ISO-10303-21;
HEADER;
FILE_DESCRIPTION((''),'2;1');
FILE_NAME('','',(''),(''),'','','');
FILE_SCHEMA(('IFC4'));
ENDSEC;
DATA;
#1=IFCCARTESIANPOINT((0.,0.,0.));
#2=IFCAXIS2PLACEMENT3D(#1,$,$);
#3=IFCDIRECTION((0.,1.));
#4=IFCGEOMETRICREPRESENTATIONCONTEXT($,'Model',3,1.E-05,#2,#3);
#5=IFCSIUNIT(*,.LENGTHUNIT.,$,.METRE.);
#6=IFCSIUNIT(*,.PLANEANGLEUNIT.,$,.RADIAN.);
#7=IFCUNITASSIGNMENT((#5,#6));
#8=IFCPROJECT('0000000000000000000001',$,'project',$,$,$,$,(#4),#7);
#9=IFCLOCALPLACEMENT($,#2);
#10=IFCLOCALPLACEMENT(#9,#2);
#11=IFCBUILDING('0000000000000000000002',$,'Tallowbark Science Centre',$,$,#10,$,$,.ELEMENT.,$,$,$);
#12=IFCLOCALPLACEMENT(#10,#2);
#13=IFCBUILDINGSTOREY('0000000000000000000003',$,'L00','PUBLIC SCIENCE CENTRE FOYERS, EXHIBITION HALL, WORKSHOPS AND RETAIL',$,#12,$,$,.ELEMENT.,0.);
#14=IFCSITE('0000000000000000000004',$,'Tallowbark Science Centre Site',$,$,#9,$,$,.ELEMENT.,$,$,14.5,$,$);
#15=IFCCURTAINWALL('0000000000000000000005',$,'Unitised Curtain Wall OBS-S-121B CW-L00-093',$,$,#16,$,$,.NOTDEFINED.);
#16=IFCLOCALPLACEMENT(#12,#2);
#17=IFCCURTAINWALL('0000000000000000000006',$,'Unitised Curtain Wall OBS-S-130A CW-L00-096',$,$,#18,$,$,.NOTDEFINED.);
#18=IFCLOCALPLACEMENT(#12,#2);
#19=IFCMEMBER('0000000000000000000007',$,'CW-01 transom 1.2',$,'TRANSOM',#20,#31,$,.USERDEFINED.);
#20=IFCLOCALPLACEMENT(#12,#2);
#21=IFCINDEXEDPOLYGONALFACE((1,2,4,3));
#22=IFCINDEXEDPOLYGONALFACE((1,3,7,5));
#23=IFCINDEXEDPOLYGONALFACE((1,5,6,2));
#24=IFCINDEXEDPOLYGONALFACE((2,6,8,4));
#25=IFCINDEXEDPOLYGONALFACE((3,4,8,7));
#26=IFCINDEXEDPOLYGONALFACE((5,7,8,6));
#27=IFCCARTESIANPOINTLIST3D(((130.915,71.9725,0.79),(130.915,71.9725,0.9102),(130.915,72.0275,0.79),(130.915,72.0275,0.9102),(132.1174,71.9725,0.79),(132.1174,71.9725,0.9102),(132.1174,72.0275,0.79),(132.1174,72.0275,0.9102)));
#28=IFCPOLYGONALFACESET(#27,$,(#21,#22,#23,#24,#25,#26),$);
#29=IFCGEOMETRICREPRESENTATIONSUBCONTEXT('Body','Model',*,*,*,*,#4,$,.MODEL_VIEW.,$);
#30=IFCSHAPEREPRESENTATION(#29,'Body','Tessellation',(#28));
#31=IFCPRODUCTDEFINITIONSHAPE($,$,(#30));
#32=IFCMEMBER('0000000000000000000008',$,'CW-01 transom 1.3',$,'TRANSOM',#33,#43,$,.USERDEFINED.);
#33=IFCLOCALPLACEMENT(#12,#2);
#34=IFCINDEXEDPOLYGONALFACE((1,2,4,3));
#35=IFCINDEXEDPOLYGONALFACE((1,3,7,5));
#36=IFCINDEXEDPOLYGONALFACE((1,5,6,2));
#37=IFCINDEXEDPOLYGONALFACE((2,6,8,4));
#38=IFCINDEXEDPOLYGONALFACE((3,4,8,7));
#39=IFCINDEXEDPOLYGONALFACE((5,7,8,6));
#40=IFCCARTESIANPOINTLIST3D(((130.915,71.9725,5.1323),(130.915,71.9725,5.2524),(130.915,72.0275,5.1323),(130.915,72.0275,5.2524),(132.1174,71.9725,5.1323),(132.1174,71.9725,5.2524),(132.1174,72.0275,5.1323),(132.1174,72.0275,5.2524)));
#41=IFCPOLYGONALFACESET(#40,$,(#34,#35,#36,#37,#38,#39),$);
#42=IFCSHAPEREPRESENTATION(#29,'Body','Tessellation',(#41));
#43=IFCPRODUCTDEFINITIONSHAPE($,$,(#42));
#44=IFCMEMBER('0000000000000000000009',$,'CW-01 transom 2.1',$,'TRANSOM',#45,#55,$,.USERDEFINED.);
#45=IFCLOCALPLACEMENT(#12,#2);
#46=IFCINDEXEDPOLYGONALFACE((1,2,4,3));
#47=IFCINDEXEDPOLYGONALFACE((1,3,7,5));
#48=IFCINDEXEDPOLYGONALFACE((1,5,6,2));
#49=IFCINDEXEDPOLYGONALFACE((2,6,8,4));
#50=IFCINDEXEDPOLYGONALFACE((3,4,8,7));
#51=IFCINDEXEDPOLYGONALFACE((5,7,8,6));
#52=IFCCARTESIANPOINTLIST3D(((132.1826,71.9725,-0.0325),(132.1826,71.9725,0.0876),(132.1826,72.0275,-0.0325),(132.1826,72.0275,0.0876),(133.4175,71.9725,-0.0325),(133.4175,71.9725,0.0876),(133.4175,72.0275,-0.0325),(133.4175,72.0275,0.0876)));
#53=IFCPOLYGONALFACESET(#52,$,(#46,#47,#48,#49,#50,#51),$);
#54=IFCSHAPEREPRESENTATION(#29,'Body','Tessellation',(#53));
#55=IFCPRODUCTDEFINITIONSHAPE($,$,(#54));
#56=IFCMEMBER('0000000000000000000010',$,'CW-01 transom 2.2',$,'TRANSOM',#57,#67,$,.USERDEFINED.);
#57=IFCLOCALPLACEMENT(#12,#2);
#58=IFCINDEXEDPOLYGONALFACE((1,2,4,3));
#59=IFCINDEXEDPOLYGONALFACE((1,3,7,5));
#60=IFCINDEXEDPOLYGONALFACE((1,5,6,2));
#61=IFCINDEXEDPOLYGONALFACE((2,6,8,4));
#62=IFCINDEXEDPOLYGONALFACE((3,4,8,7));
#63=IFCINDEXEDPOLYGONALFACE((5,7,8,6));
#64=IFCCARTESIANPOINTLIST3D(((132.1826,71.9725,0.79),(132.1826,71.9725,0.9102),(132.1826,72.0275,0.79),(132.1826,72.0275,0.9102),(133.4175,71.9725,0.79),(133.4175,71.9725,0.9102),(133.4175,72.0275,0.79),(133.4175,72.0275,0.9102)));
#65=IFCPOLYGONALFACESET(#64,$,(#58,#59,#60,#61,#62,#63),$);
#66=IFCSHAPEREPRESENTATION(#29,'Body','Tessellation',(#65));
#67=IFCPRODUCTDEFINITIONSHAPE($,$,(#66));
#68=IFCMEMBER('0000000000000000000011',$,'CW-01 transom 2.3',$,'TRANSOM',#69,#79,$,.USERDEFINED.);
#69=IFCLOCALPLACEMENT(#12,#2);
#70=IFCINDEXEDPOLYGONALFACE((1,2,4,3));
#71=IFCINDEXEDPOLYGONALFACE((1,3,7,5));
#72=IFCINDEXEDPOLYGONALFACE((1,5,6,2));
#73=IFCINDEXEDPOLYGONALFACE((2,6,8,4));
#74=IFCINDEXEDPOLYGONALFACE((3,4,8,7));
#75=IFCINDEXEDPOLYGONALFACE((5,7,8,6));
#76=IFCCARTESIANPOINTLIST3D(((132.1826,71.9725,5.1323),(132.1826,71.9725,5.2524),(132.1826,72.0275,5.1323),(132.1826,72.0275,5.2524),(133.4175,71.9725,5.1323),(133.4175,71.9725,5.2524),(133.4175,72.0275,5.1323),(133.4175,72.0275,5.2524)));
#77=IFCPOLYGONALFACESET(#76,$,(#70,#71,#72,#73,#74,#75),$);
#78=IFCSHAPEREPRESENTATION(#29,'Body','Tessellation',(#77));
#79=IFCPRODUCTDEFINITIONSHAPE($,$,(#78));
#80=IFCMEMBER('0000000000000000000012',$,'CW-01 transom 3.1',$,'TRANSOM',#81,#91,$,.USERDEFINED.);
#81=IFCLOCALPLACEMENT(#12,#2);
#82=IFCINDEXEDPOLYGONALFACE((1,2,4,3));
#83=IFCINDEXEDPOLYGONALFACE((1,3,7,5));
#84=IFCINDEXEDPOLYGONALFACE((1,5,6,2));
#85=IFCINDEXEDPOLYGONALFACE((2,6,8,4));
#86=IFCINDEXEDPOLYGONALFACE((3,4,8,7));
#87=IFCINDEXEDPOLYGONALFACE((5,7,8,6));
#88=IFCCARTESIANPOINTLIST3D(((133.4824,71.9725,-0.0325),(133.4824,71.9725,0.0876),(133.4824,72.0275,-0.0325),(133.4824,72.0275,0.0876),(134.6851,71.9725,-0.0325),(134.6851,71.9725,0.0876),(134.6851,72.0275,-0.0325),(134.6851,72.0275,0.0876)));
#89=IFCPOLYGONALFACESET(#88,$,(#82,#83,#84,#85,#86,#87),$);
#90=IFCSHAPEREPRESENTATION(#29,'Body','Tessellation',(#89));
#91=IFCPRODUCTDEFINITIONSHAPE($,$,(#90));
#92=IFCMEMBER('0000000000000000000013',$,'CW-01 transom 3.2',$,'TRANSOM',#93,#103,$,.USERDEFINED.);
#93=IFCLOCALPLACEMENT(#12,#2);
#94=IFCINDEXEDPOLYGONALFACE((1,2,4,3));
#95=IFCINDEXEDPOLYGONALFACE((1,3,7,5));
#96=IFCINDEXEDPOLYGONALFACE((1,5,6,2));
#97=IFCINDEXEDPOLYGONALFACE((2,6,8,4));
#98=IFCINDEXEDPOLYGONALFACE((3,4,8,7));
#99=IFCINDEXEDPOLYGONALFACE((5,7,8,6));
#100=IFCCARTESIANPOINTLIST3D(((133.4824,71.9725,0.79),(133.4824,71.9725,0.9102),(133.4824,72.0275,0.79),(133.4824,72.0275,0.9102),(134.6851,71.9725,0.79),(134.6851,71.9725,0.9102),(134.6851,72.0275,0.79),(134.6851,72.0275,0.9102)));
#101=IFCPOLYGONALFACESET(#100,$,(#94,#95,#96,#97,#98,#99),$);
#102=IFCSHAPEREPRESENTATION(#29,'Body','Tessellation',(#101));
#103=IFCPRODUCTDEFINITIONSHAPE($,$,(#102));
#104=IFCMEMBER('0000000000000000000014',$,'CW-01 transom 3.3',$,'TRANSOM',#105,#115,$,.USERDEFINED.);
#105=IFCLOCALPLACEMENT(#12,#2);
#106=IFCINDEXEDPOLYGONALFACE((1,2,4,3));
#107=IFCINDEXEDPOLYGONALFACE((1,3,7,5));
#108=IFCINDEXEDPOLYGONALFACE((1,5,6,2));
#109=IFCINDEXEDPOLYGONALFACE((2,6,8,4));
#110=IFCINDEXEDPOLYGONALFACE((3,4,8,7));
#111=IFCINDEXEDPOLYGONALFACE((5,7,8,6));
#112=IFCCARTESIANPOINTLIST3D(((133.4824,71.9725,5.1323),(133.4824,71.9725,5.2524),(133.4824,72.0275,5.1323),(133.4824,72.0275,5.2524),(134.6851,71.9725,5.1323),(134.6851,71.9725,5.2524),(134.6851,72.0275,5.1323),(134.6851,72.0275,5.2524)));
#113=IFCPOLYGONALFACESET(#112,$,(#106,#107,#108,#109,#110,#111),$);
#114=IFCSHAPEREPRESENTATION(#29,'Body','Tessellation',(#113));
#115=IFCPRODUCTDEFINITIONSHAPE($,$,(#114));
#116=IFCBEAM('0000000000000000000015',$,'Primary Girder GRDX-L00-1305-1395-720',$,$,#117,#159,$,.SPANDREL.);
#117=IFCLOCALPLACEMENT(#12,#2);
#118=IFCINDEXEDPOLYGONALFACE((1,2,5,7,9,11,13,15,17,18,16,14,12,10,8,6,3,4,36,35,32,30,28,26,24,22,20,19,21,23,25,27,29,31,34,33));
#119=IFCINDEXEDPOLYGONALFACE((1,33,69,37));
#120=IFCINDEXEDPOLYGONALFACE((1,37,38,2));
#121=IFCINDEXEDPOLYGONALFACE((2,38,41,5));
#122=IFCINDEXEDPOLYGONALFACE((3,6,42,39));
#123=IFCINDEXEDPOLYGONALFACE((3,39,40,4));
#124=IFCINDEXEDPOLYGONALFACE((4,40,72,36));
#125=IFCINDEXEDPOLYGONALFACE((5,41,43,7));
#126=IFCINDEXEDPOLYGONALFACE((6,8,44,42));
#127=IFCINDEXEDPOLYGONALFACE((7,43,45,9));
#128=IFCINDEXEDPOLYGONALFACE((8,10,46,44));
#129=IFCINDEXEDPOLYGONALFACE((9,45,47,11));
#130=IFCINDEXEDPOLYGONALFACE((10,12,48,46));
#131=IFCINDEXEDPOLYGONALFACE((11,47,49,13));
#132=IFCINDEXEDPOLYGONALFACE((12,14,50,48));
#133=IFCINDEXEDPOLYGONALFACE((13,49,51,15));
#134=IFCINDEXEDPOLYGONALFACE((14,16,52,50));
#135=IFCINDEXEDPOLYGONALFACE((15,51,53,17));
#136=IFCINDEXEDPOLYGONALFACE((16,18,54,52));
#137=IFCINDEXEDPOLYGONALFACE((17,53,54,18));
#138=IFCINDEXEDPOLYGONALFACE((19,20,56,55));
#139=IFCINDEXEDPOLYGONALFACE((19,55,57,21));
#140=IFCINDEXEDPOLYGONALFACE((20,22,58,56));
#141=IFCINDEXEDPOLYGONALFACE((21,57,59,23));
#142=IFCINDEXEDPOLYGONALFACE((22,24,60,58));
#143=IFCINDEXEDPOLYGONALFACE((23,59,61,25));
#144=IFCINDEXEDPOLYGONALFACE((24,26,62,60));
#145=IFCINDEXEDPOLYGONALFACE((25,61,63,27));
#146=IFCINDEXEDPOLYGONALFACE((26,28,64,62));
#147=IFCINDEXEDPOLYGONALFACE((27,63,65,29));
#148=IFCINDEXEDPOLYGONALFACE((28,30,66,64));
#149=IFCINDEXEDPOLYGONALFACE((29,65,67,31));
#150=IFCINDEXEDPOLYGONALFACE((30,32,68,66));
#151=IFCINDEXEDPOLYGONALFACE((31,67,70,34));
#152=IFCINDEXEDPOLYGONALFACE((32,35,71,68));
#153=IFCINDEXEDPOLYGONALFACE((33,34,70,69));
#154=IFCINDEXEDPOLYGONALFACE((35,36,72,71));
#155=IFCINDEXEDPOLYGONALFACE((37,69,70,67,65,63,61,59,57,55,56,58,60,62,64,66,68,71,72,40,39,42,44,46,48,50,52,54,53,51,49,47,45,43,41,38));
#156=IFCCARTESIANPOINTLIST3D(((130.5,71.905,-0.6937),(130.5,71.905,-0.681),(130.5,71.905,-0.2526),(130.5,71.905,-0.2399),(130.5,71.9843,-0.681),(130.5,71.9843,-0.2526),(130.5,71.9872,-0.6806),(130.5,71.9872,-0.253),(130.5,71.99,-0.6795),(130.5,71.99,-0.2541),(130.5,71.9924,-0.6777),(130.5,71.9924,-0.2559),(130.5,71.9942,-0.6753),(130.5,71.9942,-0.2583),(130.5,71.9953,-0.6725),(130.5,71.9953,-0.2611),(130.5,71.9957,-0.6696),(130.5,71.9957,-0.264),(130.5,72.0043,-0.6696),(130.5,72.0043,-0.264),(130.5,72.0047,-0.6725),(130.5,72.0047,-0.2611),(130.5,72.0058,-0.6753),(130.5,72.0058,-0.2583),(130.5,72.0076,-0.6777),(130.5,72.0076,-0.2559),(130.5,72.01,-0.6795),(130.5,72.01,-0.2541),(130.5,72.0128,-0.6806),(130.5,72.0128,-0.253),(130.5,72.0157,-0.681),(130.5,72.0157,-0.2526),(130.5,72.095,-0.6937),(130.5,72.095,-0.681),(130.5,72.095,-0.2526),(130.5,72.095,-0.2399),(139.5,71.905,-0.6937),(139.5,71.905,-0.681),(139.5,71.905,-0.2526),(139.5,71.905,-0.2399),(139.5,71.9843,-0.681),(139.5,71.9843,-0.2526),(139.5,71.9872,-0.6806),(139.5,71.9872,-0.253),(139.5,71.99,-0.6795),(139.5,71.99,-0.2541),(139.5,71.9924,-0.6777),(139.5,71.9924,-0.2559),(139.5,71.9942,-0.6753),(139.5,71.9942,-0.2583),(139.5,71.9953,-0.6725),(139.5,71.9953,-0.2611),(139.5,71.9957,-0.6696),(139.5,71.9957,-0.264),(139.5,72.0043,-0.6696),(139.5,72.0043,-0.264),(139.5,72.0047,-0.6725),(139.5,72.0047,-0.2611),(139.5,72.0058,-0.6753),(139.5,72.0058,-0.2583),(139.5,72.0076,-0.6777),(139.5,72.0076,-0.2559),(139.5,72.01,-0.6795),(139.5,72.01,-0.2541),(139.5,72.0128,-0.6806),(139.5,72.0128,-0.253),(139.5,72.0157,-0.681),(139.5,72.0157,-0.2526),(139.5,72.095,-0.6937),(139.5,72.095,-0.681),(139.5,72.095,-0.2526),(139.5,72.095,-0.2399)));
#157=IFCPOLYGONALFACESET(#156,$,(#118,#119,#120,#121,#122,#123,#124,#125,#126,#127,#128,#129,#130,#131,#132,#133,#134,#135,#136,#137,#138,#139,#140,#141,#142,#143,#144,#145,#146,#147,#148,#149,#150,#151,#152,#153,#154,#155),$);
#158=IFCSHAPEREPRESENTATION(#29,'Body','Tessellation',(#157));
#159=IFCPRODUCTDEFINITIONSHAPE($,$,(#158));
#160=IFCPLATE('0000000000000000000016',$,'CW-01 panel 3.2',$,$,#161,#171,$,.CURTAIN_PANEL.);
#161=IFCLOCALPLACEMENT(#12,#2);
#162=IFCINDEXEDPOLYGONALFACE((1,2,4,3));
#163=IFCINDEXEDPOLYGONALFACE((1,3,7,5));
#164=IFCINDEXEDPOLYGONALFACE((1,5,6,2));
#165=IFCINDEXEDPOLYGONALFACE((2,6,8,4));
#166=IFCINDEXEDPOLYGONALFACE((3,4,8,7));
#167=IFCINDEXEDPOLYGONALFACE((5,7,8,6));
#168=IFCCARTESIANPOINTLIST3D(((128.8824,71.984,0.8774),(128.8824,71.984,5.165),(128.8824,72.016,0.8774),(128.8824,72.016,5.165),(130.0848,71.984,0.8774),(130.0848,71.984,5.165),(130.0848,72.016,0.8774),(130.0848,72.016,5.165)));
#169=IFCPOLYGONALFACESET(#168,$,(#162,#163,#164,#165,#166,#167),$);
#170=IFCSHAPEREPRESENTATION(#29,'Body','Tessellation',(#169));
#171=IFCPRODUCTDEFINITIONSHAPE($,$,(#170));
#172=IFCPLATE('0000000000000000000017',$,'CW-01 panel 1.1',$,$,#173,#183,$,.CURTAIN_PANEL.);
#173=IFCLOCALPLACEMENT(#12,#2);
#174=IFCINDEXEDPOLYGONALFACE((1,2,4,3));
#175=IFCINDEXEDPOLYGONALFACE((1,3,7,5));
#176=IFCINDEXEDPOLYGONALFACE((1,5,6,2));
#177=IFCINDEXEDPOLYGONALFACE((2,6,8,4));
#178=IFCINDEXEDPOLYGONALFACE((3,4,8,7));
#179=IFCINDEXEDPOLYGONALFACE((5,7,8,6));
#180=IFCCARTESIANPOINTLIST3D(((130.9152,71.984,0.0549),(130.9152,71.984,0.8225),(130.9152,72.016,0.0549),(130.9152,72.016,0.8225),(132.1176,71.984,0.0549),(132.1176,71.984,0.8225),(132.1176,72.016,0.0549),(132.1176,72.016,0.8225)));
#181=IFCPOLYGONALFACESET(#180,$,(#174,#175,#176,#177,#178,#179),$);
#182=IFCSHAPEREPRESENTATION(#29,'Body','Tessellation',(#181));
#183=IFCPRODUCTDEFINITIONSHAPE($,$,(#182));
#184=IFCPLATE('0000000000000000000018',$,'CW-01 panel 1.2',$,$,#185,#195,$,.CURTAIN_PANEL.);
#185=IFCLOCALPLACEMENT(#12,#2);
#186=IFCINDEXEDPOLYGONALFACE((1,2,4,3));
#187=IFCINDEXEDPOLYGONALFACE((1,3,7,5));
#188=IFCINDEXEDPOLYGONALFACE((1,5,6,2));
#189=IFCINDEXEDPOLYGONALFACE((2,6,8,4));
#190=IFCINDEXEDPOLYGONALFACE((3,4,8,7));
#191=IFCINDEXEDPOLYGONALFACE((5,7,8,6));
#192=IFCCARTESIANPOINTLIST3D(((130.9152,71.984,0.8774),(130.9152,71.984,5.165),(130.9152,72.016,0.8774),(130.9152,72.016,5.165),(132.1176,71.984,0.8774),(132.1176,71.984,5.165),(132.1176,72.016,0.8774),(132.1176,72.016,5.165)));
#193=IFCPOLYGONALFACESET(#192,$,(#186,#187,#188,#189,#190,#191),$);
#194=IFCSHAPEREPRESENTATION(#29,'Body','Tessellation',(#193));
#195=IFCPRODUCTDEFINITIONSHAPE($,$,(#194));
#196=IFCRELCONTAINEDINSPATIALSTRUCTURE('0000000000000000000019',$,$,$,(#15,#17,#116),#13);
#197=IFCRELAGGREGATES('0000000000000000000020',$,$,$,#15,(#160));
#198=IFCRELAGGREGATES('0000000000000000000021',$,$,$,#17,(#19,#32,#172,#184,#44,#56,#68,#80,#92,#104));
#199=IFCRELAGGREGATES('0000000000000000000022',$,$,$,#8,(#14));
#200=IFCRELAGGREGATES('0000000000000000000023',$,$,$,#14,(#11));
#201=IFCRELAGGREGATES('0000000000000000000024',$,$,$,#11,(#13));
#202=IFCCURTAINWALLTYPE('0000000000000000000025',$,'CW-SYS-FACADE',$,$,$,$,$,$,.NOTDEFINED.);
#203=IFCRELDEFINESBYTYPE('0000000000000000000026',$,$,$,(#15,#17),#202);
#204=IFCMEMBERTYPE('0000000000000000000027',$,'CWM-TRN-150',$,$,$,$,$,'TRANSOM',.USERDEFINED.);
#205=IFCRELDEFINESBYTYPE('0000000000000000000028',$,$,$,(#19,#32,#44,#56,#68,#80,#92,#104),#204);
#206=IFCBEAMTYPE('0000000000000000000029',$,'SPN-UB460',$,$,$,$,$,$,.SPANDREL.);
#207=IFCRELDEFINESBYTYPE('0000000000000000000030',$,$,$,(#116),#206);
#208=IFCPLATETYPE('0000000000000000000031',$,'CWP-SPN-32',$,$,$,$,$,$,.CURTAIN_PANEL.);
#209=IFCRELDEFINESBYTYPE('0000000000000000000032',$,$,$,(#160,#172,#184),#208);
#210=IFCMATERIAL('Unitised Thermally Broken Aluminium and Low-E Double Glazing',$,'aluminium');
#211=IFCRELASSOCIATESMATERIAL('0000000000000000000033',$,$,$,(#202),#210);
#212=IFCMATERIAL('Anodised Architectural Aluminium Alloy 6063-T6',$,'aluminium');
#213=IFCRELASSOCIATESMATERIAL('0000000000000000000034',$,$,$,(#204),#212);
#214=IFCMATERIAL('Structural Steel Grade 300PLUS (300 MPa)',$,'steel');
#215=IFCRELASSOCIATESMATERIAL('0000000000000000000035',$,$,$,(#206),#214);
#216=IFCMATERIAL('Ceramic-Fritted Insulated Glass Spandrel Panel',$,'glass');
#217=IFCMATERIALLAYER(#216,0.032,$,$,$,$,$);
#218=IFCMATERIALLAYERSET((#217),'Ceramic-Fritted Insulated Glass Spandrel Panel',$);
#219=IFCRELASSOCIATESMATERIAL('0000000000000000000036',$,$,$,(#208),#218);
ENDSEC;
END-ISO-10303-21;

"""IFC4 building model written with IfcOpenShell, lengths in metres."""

from ifc_helpers import new_model, si_unit, direction, frame, origin, origin_2d, place, context, subcontext, project, spatial, rectangle, i_section, extrude, material, layer, layer_set, material_profile, profile_set, type_object, element, aggregate, save


model = new_model("IFC4")

# Units and contexts
model_context = context("Model", 3, precision=1e-05, world=origin(), true_north=direction((0.0, 1.0)))
body_context = subcontext(model_context, "Body", "Model", "MODEL_VIEW")
ifc_project = project(units=[si_unit("LENGTHUNIT", "METRE"), si_unit("PLANEANGLEUNIT", "RADIAN")], contexts=[model_context])

# Site, building, storey
site_placement = place(None, origin())
site = spatial("IfcSite", under=ifc_project, at=site_placement, Name="Tallowbark Science Centre Site", CompositionType="ELEMENT", RefElevation=14.5)
building_placement = place(site_placement, origin())
building = spatial("IfcBuilding", under=site, at=building_placement, Name="Tallowbark Science Centre", CompositionType="ELEMENT")
storey_placement = place(building_placement, origin())
storey = spatial("IfcBuildingStorey", under=building, at=storey_placement, Name="L00", Description="PUBLIC SCIENCE CENTRE FOYERS, EXHIBITION HALL, WORKSHOPS AND RETAIL", CompositionType="ELEMENT", Elevation=0.0)

# Shared definitions
ifc_material_1 = material(Name="Structural Steel Grade 300PLUS (300 MPa)", Category="steel")

# Curtain wall
ifc_material_2 = material(Name="Unitised Thermally Broken Aluminium and Low-E Double Glazing", Category="aluminium")
curtain_wall_type = type_object("IfcCurtainWallType", Name="CW-SYS-FACADE", PredefinedType="NOTDEFINED", material=ifc_material_2)
curtain_wall_1_placement = place(storey_placement, origin())
curtain_wall_1 = element("IfcCurtainWall", 1, at=curtain_wall_1_placement, inside=storey, type_object=curtain_wall_type, Name="Unitised Curtain Wall OBS-S-121B CW-L00-093", PredefinedType="NOTDEFINED")
ifc_material_3 = material(Name="Anodised Architectural Aluminium Alloy 6063-T6", Category="aluminium")

# Curtain wall
curtain_wall_2_placement = place(storey_placement, origin())
curtain_wall_2 = element("IfcCurtainWall", 2, at=curtain_wall_2_placement, inside=storey, type_object=curtain_wall_type, Name="Unitised Curtain Wall OBS-S-130A CW-L00-096", PredefinedType="NOTDEFINED")

# Members
ifc_material_profile_1 = material_profile(ifc_material_3, rectangle(XDim=0.0549, YDim=0.1201, at=origin_2d()), Name="ALU55x120")
ifc_profile_set_1 = profile_set([ifc_material_profile_1], Name="Anodised Architectural Aluminium Alloy 6063-T6")
member_type_1 = type_object("IfcMemberType", Name="CWM-TRN-150", ElementType="TRANSOM", PredefinedType="USERDEFINED", material=ifc_profile_set_1)
member_1_placement = place(storey_placement, frame((130.915, 72.0, 0.8501), z_axis=(1.0, 0.0, 0.0), x_axis=(0.0, 1.0, 0.0)))
member_1 = element("IfcMember", 3, at=member_1_placement, type_object=member_type_1, Name="CW-01 transom 1.2", ObjectType="TRANSOM", PredefinedType="USERDEFINED", context=body_context, shape_type="SweptSolid", body=[
    extrude(rectangle(XDim=0.0549, YDim=0.1201, at=origin_2d()), origin(), (0.0, 0.0, 1.0), 1.2024),
])
member_2_placement = place(storey_placement, frame((130.915, 72.0, 5.1924), z_axis=(1.0, 0.0, 0.0), x_axis=(0.0, 1.0, 0.0)))
member_2 = element("IfcMember", 4, at=member_2_placement, type_object=member_type_1, Name="CW-01 transom 1.3", ObjectType="TRANSOM", PredefinedType="USERDEFINED", context=body_context, shape_type="SweptSolid", body=[
    extrude(rectangle(XDim=0.0549, YDim=0.1201, at=origin_2d()), origin(), (0.0, 0.0, 1.0), 1.2024),
])
member_3_placement = place(storey_placement, frame((132.1826, 72.0, 0.0276), z_axis=(1.0, 0.0, 0.0), x_axis=(0.0, 1.0, 0.0)))
member_3 = element("IfcMember", 5, at=member_3_placement, type_object=member_type_1, Name="CW-01 transom 2.1", ObjectType="TRANSOM", PredefinedType="USERDEFINED", context=body_context, shape_type="SweptSolid", body=[
    extrude(rectangle(XDim=0.0549, YDim=0.1201, at=origin_2d()), origin(), (0.0, 0.0, 1.0), 1.2349),
])
member_4_placement = place(storey_placement, frame((132.1826, 72.0, 0.8501), z_axis=(1.0, 0.0, 0.0), x_axis=(0.0, 1.0, 0.0)))
member_4 = element("IfcMember", 6, at=member_4_placement, type_object=member_type_1, Name="CW-01 transom 2.2", ObjectType="TRANSOM", PredefinedType="USERDEFINED", context=body_context, shape_type="SweptSolid", body=[
    extrude(rectangle(XDim=0.0549, YDim=0.1201, at=origin_2d()), origin(), (0.0, 0.0, 1.0), 1.2349),
])
member_5_placement = place(storey_placement, frame((132.1826, 72.0, 5.1924), z_axis=(1.0, 0.0, 0.0), x_axis=(0.0, 1.0, 0.0)))
member_5 = element("IfcMember", 7, at=member_5_placement, type_object=member_type_1, Name="CW-01 transom 2.3", ObjectType="TRANSOM", PredefinedType="USERDEFINED", context=body_context, shape_type="SweptSolid", body=[
    extrude(rectangle(XDim=0.0549, YDim=0.1201, at=origin_2d()), origin(), (0.0, 0.0, 1.0), 1.2349),
])
member_6_placement = place(storey_placement, frame((133.4824, 72.0, 0.0276), z_axis=(1.0, 0.0, 0.0), x_axis=(0.0, 1.0, 0.0)))
member_6 = element("IfcMember", 8, at=member_6_placement, type_object=member_type_1, Name="CW-01 transom 3.1", ObjectType="TRANSOM", PredefinedType="USERDEFINED", context=body_context, shape_type="SweptSolid", body=[
    extrude(rectangle(XDim=0.0549, YDim=0.1201, at=origin_2d()), origin(), (0.0, 0.0, 1.0), 1.2026),
])
member_7_placement = place(storey_placement, frame((133.4824, 72.0, 0.8501), z_axis=(1.0, 0.0, 0.0), x_axis=(0.0, 1.0, 0.0)))
member_7 = element("IfcMember", 9, at=member_7_placement, type_object=member_type_1, Name="CW-01 transom 3.2", ObjectType="TRANSOM", PredefinedType="USERDEFINED", context=body_context, shape_type="SweptSolid", body=[
    extrude(rectangle(XDim=0.0549, YDim=0.1201, at=origin_2d()), origin(), (0.0, 0.0, 1.0), 1.2026),
])
member_8_placement = place(storey_placement, frame((133.4824, 72.0, 5.1924), z_axis=(1.0, 0.0, 0.0), x_axis=(0.0, 1.0, 0.0)))
member_8 = element("IfcMember", 10, at=member_8_placement, type_object=member_type_1, Name="CW-01 transom 3.3", ObjectType="TRANSOM", PredefinedType="USERDEFINED", context=body_context, shape_type="SweptSolid", body=[
    extrude(rectangle(XDim=0.0549, YDim=0.1201, at=origin_2d()), origin(), (0.0, 0.0, 1.0), 1.2026),
])

# Beam
ifc_material_profile_2 = material_profile(ifc_material_1, i_section(OverallWidth=0.1899, OverallDepth=0.4539, WebThickness=0.0085, FlangeThickness=0.0127, FilletRadius=0.0115, at=origin_2d()), Name="460UB67.1")
ifc_profile_set_2 = profile_set([ifc_material_profile_2], Name="Structural Steel Grade 300PLUS (300 MPa)")
beam_type_1 = type_object("IfcBeamType", Name="SPN-UB460", PredefinedType="SPANDREL", material=ifc_profile_set_2)
beam_1_placement = place(storey_placement, frame((130.5, 72.0, -0.4668), z_axis=(1.0, 0.0, 0.0), x_axis=(0.0, 1.0, 0.0)))
element("IfcBeam", 11, at=beam_1_placement, inside=storey, type_object=beam_type_1, Name="Primary Girder GRDX-L00-1305-1395-720", PredefinedType="SPANDREL", context=body_context, shape_type="SweptSolid", body=[
    extrude(i_section(OverallWidth=0.1899, OverallDepth=0.4539, WebThickness=0.0085, FlangeThickness=0.0127, FilletRadius=0.0115, at=origin_2d()), origin(), (0.0, 0.0, 1.0), 9.0),
])

# Plates
ifc_material_4 = material(Name="Ceramic-Fritted Insulated Glass Spandrel Panel", Category="glass")
ifc_layer_1 = layer(ifc_material_4, 0.032)
ifc_layer_set_1 = layer_set([ifc_layer_1], Name="Ceramic-Fritted Insulated Glass Spandrel Panel")
plate_type = type_object("IfcPlateType", Name="CWP-SPN-32", PredefinedType="CURTAIN_PANEL", material=ifc_layer_set_1)
plate_1_placement = place(storey_placement, frame((129.4836, 72.0, 0.8774), z_axis=(0.0, 0.0, 1.0), x_axis=(1.0, 0.0, 0.0)))
plate_1 = element("IfcPlate", 12, at=plate_1_placement, type_object=plate_type, Name="CW-01 panel 3.2", PredefinedType="CURTAIN_PANEL", context=body_context, shape_type="SweptSolid", body=[
    extrude(rectangle(XDim=1.2024, YDim=0.032, at=origin_2d()), origin(), (0.0, 0.0, 1.0), 4.2876),
])
aggregate(curtain_wall_1, [plate_1])
plate_2_placement = place(storey_placement, frame((131.5164, 72.0, 0.0549), z_axis=(0.0, 0.0, 1.0), x_axis=(1.0, 0.0, 0.0)))
plate_2 = element("IfcPlate", 13, at=plate_2_placement, type_object=plate_type, Name="CW-01 panel 1.1", PredefinedType="CURTAIN_PANEL", context=body_context, shape_type="SweptSolid", body=[
    extrude(rectangle(XDim=1.2024, YDim=0.032, at=origin_2d()), origin(), (0.0, 0.0, 1.0), 0.7676),
])
plate_3_placement = place(storey_placement, frame((131.5164, 72.0, 0.8774), z_axis=(0.0, 0.0, 1.0), x_axis=(1.0, 0.0, 0.0)))
plate_3 = element("IfcPlate", 14, at=plate_3_placement, type_object=plate_type, Name="CW-01 panel 1.2", PredefinedType="CURTAIN_PANEL", context=body_context, shape_type="SweptSolid", body=[
    extrude(rectangle(XDim=1.2024, YDim=0.032, at=origin_2d()), origin(), (0.0, 0.0, 1.0), 4.2876),
])
aggregate(curtain_wall_2, [member_1, member_2, plate_2, plate_3, member_3, member_4, member_5, member_6, member_7, member_8])

save(model, "model.ifc")
